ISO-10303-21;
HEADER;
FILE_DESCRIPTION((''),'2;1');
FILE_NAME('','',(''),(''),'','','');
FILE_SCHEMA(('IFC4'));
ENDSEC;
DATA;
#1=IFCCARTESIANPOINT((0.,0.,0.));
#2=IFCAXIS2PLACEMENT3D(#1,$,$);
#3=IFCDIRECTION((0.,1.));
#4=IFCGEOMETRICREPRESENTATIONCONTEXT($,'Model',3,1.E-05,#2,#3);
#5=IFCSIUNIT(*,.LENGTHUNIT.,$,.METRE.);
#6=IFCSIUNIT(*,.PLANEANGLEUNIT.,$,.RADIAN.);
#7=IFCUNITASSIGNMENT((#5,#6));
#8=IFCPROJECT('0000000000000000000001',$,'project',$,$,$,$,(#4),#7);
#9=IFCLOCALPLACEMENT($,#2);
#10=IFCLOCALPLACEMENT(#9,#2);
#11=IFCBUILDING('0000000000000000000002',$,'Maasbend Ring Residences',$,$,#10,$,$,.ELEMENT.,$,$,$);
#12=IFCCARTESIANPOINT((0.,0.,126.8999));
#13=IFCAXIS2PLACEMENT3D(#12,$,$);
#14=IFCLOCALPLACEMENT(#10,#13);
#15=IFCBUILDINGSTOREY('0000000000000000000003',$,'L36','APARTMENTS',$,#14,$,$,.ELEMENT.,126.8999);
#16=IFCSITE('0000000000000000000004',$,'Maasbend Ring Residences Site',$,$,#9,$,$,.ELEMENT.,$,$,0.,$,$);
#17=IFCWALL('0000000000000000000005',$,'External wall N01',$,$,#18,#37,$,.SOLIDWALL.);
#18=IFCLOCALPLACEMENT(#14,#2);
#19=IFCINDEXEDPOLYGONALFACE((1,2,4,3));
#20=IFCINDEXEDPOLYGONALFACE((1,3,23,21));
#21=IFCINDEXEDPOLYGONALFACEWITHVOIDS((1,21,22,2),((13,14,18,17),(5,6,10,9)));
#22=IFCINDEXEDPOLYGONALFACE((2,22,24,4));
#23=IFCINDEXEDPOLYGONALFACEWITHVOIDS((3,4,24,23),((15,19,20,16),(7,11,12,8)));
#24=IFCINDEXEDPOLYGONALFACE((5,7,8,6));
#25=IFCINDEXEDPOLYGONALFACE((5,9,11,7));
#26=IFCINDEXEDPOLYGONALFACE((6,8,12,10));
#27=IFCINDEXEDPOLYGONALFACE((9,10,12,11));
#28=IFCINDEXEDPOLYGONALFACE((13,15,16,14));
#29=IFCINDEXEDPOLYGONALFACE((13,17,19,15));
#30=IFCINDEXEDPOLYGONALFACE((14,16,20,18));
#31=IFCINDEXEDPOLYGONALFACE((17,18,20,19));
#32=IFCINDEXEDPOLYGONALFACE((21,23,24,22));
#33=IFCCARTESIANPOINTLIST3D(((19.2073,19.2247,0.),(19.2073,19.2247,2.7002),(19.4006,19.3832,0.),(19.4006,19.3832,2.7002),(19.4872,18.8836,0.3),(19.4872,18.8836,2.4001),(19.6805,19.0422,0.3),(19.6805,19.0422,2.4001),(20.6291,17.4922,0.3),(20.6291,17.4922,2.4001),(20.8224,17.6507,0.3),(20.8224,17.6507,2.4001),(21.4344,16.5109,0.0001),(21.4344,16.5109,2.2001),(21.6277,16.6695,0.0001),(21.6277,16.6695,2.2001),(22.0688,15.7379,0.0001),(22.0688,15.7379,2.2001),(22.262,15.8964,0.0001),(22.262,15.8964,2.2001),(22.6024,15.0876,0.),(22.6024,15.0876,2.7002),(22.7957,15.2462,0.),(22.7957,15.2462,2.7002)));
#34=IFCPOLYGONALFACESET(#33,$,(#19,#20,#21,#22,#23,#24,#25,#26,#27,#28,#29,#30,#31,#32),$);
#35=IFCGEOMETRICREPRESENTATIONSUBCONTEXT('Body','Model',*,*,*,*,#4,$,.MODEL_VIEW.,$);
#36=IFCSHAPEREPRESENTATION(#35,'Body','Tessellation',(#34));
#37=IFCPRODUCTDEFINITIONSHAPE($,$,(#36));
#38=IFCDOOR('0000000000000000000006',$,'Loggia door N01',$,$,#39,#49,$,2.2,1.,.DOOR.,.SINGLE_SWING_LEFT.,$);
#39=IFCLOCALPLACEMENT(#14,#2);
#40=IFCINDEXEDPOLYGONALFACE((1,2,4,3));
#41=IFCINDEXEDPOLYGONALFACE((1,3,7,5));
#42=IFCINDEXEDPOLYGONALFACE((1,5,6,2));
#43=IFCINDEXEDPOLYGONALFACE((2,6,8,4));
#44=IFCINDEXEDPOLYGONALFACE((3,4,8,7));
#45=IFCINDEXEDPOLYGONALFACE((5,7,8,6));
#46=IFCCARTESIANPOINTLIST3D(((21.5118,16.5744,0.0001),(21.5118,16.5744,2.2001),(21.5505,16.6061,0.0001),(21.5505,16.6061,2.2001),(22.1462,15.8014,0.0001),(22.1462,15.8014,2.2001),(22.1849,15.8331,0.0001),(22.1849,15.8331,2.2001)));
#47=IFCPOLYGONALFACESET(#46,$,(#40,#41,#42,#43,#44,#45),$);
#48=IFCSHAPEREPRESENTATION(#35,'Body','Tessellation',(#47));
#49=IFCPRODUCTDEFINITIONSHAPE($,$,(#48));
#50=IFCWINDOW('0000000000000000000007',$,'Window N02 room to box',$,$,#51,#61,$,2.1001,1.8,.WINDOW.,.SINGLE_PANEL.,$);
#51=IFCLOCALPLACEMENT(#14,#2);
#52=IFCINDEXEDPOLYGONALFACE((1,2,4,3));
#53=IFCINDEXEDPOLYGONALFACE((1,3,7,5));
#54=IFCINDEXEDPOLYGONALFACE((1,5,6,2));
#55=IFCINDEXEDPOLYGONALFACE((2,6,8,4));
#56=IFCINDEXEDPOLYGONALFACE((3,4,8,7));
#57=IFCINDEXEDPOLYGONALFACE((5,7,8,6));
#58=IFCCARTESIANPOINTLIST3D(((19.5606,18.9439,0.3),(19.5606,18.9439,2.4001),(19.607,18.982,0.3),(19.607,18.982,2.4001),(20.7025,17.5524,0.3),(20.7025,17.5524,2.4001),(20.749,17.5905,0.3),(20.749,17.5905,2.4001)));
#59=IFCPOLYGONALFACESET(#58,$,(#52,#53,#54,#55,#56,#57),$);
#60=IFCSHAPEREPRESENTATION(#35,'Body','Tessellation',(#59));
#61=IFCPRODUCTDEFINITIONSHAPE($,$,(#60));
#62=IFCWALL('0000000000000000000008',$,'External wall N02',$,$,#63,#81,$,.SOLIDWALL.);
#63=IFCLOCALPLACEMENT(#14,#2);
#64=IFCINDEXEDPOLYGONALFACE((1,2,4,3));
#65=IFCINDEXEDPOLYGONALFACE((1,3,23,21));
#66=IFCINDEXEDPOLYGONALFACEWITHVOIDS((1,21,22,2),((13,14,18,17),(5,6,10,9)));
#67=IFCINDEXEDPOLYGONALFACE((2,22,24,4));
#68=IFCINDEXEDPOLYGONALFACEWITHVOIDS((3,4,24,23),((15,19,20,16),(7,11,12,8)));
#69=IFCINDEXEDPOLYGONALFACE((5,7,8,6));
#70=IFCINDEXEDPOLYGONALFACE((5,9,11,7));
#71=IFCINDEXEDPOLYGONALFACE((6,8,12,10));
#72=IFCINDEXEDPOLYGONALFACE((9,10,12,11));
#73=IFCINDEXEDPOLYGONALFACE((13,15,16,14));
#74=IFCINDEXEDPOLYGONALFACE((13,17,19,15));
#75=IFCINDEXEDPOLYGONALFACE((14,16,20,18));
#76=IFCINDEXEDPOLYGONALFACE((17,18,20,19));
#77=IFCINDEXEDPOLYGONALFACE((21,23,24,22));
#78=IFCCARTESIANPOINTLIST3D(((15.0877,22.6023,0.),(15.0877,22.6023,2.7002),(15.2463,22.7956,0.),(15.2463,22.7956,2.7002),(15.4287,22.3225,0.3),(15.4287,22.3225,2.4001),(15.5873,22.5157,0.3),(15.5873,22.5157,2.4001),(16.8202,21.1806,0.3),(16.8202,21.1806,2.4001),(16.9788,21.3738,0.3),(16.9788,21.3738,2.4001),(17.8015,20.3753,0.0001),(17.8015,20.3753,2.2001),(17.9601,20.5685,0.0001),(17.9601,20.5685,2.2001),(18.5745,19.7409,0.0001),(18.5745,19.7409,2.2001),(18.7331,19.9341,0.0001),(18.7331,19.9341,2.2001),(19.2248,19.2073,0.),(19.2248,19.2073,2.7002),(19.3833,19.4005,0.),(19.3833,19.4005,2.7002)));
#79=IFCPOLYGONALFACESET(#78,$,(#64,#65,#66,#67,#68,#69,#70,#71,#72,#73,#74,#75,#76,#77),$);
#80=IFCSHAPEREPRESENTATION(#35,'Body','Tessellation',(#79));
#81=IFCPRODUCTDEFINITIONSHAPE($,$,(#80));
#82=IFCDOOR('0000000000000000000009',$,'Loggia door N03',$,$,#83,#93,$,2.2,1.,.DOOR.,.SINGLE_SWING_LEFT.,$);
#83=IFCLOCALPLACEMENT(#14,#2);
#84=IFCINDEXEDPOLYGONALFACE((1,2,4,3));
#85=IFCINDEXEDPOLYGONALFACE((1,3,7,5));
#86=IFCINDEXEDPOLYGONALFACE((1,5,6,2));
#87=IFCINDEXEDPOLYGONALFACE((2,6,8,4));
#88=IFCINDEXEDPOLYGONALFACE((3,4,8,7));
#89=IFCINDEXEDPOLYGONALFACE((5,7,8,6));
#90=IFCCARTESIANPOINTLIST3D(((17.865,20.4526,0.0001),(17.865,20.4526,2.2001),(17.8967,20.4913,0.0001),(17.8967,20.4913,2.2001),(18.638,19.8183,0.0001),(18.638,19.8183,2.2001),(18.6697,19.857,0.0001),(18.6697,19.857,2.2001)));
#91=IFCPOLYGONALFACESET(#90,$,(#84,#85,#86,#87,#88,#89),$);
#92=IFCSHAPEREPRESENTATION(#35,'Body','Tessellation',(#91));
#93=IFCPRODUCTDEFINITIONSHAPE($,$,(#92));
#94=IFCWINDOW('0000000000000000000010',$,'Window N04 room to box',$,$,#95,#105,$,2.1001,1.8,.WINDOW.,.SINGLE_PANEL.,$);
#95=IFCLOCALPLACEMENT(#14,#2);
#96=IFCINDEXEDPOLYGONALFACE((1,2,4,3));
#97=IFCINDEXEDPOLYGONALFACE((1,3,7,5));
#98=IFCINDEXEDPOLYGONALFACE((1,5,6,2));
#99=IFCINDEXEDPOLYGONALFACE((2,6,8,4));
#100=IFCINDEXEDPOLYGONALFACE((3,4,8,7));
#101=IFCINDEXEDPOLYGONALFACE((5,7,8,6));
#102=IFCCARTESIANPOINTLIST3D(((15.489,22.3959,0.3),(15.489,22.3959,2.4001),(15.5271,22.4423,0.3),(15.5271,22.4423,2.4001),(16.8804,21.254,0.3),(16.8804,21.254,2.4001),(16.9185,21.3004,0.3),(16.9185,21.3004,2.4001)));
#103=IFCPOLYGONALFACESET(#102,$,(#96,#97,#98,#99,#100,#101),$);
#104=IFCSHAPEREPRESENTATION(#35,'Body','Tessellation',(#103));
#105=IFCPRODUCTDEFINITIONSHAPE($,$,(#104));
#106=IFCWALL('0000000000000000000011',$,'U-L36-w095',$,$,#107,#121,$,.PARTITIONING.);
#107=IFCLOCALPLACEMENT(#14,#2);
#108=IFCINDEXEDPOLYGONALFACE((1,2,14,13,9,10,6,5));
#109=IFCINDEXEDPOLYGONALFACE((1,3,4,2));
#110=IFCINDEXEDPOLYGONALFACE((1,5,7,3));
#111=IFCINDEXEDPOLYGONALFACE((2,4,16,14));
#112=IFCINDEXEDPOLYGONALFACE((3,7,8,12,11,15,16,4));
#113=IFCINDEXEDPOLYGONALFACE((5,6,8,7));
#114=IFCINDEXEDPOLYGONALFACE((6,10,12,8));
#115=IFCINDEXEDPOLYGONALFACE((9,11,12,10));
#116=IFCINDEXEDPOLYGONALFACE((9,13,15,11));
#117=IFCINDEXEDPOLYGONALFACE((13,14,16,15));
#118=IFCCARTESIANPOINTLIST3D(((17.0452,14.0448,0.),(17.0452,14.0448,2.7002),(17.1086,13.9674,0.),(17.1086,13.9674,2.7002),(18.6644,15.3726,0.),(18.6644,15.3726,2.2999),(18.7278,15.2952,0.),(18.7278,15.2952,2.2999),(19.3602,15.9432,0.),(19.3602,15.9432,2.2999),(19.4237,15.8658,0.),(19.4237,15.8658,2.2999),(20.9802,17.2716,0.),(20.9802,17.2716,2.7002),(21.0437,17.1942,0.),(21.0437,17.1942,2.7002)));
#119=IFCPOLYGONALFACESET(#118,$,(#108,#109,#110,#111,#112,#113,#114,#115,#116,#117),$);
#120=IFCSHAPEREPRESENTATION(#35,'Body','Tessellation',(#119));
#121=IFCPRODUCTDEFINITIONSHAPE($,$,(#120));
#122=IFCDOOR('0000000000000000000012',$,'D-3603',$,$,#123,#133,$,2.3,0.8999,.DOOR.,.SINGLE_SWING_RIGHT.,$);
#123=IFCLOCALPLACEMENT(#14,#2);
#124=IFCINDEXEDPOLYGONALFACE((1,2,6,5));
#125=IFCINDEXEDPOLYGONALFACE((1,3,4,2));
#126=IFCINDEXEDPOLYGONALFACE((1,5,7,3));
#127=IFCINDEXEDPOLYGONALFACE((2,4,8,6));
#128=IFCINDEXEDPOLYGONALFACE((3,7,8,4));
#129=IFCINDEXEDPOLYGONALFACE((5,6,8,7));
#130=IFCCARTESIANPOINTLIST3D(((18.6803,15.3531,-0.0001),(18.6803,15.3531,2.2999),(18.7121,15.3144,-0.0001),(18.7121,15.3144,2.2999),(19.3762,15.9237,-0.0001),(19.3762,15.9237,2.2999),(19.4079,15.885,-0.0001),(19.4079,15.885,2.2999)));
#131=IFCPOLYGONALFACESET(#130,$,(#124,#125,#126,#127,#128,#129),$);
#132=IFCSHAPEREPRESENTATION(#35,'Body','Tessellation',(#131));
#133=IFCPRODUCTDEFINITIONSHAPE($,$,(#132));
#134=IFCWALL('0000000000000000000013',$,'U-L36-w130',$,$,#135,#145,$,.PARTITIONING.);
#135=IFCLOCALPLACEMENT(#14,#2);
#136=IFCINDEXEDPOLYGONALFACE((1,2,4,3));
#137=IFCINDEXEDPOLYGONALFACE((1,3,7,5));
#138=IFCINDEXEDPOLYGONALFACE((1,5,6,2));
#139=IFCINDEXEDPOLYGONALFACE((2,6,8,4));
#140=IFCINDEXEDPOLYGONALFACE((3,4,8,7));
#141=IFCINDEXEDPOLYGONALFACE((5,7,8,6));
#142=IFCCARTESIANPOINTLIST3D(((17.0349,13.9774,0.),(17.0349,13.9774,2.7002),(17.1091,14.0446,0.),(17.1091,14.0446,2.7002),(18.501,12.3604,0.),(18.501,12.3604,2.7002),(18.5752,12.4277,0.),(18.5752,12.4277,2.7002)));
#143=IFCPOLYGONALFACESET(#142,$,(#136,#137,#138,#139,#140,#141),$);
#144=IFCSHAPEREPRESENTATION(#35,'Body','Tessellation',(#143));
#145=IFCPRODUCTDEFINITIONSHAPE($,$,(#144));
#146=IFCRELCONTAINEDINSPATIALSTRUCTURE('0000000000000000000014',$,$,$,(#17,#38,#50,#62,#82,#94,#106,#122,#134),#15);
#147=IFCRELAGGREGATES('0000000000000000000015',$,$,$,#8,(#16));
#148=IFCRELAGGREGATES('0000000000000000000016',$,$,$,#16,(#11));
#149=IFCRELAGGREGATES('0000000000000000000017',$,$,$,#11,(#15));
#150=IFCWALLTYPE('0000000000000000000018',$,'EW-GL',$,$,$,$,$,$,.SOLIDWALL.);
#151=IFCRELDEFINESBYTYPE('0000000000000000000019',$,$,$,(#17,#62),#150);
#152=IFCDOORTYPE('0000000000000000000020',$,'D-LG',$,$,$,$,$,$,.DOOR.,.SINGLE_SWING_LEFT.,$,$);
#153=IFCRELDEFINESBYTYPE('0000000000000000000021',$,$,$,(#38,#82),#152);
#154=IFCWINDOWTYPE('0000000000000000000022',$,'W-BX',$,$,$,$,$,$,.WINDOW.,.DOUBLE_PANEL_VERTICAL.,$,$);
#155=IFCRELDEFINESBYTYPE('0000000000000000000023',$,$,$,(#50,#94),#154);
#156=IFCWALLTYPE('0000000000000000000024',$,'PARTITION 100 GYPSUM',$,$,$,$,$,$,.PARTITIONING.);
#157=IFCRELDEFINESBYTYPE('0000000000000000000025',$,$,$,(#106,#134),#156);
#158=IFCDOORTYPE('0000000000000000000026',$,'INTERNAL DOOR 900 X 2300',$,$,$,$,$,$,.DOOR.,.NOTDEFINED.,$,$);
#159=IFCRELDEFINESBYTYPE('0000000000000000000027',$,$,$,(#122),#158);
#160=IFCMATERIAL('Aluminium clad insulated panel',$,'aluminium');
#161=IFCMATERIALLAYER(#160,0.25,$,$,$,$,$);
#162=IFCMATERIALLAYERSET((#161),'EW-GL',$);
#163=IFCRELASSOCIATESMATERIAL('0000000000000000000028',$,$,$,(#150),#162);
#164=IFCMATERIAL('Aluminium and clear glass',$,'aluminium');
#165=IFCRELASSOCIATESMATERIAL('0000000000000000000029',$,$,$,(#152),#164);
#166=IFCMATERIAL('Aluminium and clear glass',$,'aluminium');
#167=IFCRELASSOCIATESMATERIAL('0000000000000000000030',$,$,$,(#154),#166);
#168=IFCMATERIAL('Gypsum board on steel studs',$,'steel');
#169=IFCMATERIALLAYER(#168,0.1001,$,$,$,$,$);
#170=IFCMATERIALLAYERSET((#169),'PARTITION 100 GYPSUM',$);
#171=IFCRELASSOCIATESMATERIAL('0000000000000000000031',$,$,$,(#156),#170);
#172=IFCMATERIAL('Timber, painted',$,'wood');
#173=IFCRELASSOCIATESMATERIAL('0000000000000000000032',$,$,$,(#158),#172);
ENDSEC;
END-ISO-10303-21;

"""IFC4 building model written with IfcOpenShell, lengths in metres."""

from ifc_helpers import new_model, si_unit, direction, frame, frame_2d, origin, place, context, subcontext, project, spatial, rectangle, extrude, material, layer, layer_set, type_object, element, fill, save


model = new_model("IFC4")

# Units and contexts
model_context = context("Model", 3, precision=1e-05, world=origin(), true_north=direction((0.0, 1.0)))
body_context = subcontext(model_context, "Body", "Model", "MODEL_VIEW")
ifc_project = project(units=[si_unit("LENGTHUNIT", "METRE"), si_unit("PLANEANGLEUNIT", "RADIAN")], contexts=[model_context])

# Site, building, storey
site_placement = place(None, origin())
site = spatial("IfcSite", under=ifc_project, at=site_placement, Name="Maasbend Ring Residences Site", CompositionType="ELEMENT", RefElevation=0.0)
building_placement = place(site_placement, origin())
building = spatial("IfcBuilding", under=site, at=building_placement, Name="Maasbend Ring Residences", CompositionType="ELEMENT")
storey_placement = place(building_placement, frame((0.0, 0.0, 126.8999)))
storey = spatial("IfcBuildingStorey", under=building, at=storey_placement, Name="L36", Description="APARTMENTS", CompositionType="ELEMENT", Elevation=126.8999)

# Walls, openings, doors, windows
ifc_material_1 = material(Name="Aluminium clad insulated panel", Category="aluminium")
ifc_layer_1 = layer(ifc_material_1, 0.25)
ifc_layer_set_1 = layer_set([ifc_layer_1], Name="EW-GL")
wall_type_1 = type_object("IfcWallType", Name="EW-GL", PredefinedType="SOLIDWALL", material=ifc_layer_set_1)
wall_1_placement = place(storey_placement, frame((22.699, 15.167, 0.0), z_axis=(0.0, 0.0, 1.0), x_axis=(-0.634382, 0.773019, 0.0)))
wall_1 = element("IfcWall", 1, at=wall_1_placement, inside=storey, type_object=wall_type_1, Name="External wall N01", PredefinedType="SOLIDWALL", context=body_context, shape_type="SweptSolid", body=[
    extrude(rectangle(XDim=5.3518, YDim=0.25, at=frame_2d((2.6758, 0.0))), origin(), (0.0, 0.0, 1.0), 2.7002),
])
opening_1_placement = place(wall_1_placement, frame((0.8411, 0.0, 0.0)))
opening_1 = element("IfcOpeningElement", 2, at=opening_1_placement, cuts=wall_1, PredefinedType="OPENING", context=body_context, shape_type="SweptSolid", body=[
    extrude(rectangle(XDim=1.0, YDim=2.2, at=frame_2d((0.5, 1.1001))), frame((0.0, 0.135, 0.0), z_axis=(0.0, -1.0, 0.0), x_axis=(1.0, 0.0, 0.0)), (0.0, 0.0, 1.0), 0.27),
])
opening_2_placement = place(wall_1_placement, frame((3.1106, 0.0, 0.3)))
opening_2 = element("IfcOpeningElement", 3, at=opening_2_placement, cuts=wall_1, PredefinedType="OPENING", context=body_context, shape_type="SweptSolid", body=[
    extrude(rectangle(XDim=1.8, YDim=2.1001, at=frame_2d((0.8999, 1.05))), frame((0.0, 0.135, 0.0), z_axis=(0.0, -1.0, 0.0), x_axis=(1.0, 0.0, 0.0)), (0.0, 0.0, 1.0), 0.27),
])
ifc_material_2 = material(Name="Aluminium and clear glass", Category="aluminium")
door_type_1 = type_object("IfcDoorType", Name="D-LG", OperationType="SINGLE_SWING_LEFT", PredefinedType="DOOR", material=ifc_material_2)
door_1_placement = place(opening_1_placement, origin())
door_1 = element("IfcDoor", 4, at=door_1_placement, inside=storey, type_object=door_type_1, Name="Loggia door N01", OperationType="SINGLE_SWING_LEFT", OverallHeight=2.2, OverallWidth=1.0, PredefinedType="DOOR", context=body_context, shape_type="SweptSolid", body=[
    extrude(rectangle(XDim=1.0, YDim=2.2, at=frame_2d((0.5, 1.1001))), frame((0.0, 0.0249, 0.0), z_axis=(0.0, -1.0, 0.0), x_axis=(1.0, 0.0, 0.0)), (0.0, 0.0, 1.0), 0.05),
])
fill(opening_1, door_1)
ifc_material_3 = material(Name="Aluminium and clear glass", Category="aluminium")
window_type_1 = type_object("IfcWindowType", Name="W-BX", PartitioningType="DOUBLE_PANEL_VERTICAL", PredefinedType="WINDOW", material=ifc_material_3)
window_1_placement = place(opening_2_placement, origin())
window_1 = element("IfcWindow", 5, at=window_1_placement, inside=storey, type_object=window_type_1, Name="Window N02 room to box", OverallHeight=2.1001, OverallWidth=1.8, PartitioningType="SINGLE_PANEL", PredefinedType="WINDOW", context=body_context, shape_type="SweptSolid", body=[
    extrude(rectangle(XDim=1.8, YDim=2.1001, at=frame_2d((0.8999, 1.05))), frame((0.0, 0.03, 0.0), z_axis=(0.0, -1.0, 0.0), x_axis=(1.0, 0.0, 0.0)), (0.0, 0.0, 1.0), 0.0601),
])
fill(opening_2, window_1)
wall_2_placement = place(storey_placement, frame((19.304, 19.304, 0.0), z_axis=(0.0, 0.0, 1.0), x_axis=(-0.773019, 0.634382, 0.0)))
wall_2 = element("IfcWall", 6, at=wall_2_placement, inside=storey, type_object=wall_type_1, Name="External wall N02", PredefinedType="SOLIDWALL", context=body_context, shape_type="SweptSolid", body=[
    extrude(rectangle(XDim=5.3518, YDim=0.25, at=frame_2d((2.6758, 0.0))), origin(), (0.0, 0.0, 1.0), 2.7002),
])
opening_3_placement = place(wall_2_placement, frame((0.8411, 0.0, 0.0)))
opening_3 = element("IfcOpeningElement", 7, at=opening_3_placement, cuts=wall_2, PredefinedType="OPENING", context=body_context, shape_type="SweptSolid", body=[
    extrude(rectangle(XDim=1.0, YDim=2.2, at=frame_2d((0.5, 1.1001))), frame((0.0, 0.135, 0.0), z_axis=(0.0, -1.0, 0.0), x_axis=(1.0, 0.0, 0.0)), (0.0, 0.0, 1.0), 0.27),
])
opening_4_placement = place(wall_2_placement, frame((3.1106, 0.0, 0.3)))
opening_4 = element("IfcOpeningElement", 8, at=opening_4_placement, cuts=wall_2, PredefinedType="OPENING", context=body_context, shape_type="SweptSolid", body=[
    extrude(rectangle(XDim=1.8, YDim=2.1001, at=frame_2d((0.8999, 1.05))), frame((0.0, 0.135, 0.0), z_axis=(0.0, -1.0, 0.0), x_axis=(1.0, 0.0, 0.0)), (0.0, 0.0, 1.0), 0.27),
])
door_2_placement = place(opening_3_placement, origin())
door_2 = element("IfcDoor", 9, at=door_2_placement, inside=storey, type_object=door_type_1, Name="Loggia door N03", OperationType="SINGLE_SWING_LEFT", OverallHeight=2.2, OverallWidth=1.0, PredefinedType="DOOR", context=body_context, shape_type="SweptSolid", body=[
    extrude(rectangle(XDim=1.0, YDim=2.2, at=frame_2d((0.5, 1.1001))), frame((0.0, 0.0249, 0.0), z_axis=(0.0, -1.0, 0.0), x_axis=(1.0, 0.0, 0.0)), (0.0, 0.0, 1.0), 0.05),
])
fill(opening_3, door_2)
window_2_placement = place(opening_4_placement, origin())
window_2 = element("IfcWindow", 10, at=window_2_placement, inside=storey, type_object=window_type_1, Name="Window N04 room to box", OverallHeight=2.1001, OverallWidth=1.8, PartitioningType="SINGLE_PANEL", PredefinedType="WINDOW", context=body_context, shape_type="SweptSolid", body=[
    extrude(rectangle(XDim=1.8, YDim=2.1001, at=frame_2d((0.8999, 1.05))), frame((0.0, 0.03, 0.0), z_axis=(0.0, -1.0, 0.0), x_axis=(1.0, 0.0, 0.0)), (0.0, 0.0, 1.0), 0.0601),
])
fill(opening_4, window_2)

# Wall, opening, door
ifc_material_4 = material(Name="Gypsum board on steel studs", Category="steel")
ifc_layer_2 = layer(ifc_material_4, 0.1001)
ifc_layer_set_2 = layer_set([ifc_layer_2], Name="PARTITION 100 GYPSUM")
wall_type_2 = type_object("IfcWallType", Name="PARTITION 100 GYPSUM", PredefinedType="PARTITIONING", material=ifc_layer_set_2)
wall_3_placement = place(storey_placement, frame((17.0769, 14.0061, 0.0), z_axis=(0.0, 0.0, 1.0), x_axis=(0.773262, 0.634086, 0.0)))
wall_3 = element("IfcWall", 11, at=wall_3_placement, inside=storey, type_object=wall_type_2, Name="U-L36-w095", PredefinedType="PARTITIONING", context=body_context, shape_type="SweptSolid", body=[
    extrude(rectangle(XDim=5.0889, YDim=0.1001, at=frame_2d((2.5444, 0.0))), origin(), (0.0, 0.0, 1.0), 2.7002),
])
opening_5_placement = place(wall_3_placement, frame((2.094, 0.0, 0.0)))
opening_5 = element("IfcOpeningElement", 12, at=opening_5_placement, cuts=wall_3, PredefinedType="OPENING", context=body_context, shape_type="SweptSolid", body=[
    extrude(rectangle(XDim=0.8999, YDim=2.3, at=frame_2d((0.45, 1.1499))), frame((0.0, 0.0601, 0.0), z_axis=(0.0, -1.0, 0.0), x_axis=(1.0, 0.0, 0.0)), (0.0, 0.0, 1.0), 0.1201),
])
ifc_material_5 = material(Name="Timber, painted", Category="wood")
door_type_2 = type_object("IfcDoorType", Name="INTERNAL DOOR 900 X 2300", OperationType="NOTDEFINED", PredefinedType="DOOR", material=ifc_material_5)
door_3_placement = place(opening_5_placement, origin())
door_3 = element("IfcDoor", 13, at=door_3_placement, inside=storey, type_object=door_type_2, Name="D-3603", OperationType="SINGLE_SWING_RIGHT", OverallHeight=2.3, OverallWidth=0.8999, PredefinedType="DOOR", context=body_context, shape_type="SweptSolid", body=[
    extrude(rectangle(XDim=0.8999, YDim=2.3, at=frame_2d((0.45, 1.1499))), frame((0.0, 0.0249, 0.0), z_axis=(0.0, -1.0, 0.0), x_axis=(1.0, 0.0, 0.0)), (0.0, 0.0, 1.0), 0.05),
])
fill(opening_5, door_3)

# Wall
wall_4_placement = place(storey_placement, frame((17.072, 14.011, 0.0), z_axis=(0.0, 0.0, 1.0), x_axis=(0.671698, -0.740825, 0.0)))
element("IfcWall", 14, at=wall_4_placement, inside=storey, type_object=wall_type_2, Name="U-L36-w130", PredefinedType="PARTITIONING", context=body_context, shape_type="SweptSolid", body=[
    extrude(rectangle(XDim=2.1826, YDim=0.1001, at=frame_2d((1.0913, 0.0))), origin(), (0.0, 0.0, 1.0), 2.7002),
])

save(model, "model.ifc")
